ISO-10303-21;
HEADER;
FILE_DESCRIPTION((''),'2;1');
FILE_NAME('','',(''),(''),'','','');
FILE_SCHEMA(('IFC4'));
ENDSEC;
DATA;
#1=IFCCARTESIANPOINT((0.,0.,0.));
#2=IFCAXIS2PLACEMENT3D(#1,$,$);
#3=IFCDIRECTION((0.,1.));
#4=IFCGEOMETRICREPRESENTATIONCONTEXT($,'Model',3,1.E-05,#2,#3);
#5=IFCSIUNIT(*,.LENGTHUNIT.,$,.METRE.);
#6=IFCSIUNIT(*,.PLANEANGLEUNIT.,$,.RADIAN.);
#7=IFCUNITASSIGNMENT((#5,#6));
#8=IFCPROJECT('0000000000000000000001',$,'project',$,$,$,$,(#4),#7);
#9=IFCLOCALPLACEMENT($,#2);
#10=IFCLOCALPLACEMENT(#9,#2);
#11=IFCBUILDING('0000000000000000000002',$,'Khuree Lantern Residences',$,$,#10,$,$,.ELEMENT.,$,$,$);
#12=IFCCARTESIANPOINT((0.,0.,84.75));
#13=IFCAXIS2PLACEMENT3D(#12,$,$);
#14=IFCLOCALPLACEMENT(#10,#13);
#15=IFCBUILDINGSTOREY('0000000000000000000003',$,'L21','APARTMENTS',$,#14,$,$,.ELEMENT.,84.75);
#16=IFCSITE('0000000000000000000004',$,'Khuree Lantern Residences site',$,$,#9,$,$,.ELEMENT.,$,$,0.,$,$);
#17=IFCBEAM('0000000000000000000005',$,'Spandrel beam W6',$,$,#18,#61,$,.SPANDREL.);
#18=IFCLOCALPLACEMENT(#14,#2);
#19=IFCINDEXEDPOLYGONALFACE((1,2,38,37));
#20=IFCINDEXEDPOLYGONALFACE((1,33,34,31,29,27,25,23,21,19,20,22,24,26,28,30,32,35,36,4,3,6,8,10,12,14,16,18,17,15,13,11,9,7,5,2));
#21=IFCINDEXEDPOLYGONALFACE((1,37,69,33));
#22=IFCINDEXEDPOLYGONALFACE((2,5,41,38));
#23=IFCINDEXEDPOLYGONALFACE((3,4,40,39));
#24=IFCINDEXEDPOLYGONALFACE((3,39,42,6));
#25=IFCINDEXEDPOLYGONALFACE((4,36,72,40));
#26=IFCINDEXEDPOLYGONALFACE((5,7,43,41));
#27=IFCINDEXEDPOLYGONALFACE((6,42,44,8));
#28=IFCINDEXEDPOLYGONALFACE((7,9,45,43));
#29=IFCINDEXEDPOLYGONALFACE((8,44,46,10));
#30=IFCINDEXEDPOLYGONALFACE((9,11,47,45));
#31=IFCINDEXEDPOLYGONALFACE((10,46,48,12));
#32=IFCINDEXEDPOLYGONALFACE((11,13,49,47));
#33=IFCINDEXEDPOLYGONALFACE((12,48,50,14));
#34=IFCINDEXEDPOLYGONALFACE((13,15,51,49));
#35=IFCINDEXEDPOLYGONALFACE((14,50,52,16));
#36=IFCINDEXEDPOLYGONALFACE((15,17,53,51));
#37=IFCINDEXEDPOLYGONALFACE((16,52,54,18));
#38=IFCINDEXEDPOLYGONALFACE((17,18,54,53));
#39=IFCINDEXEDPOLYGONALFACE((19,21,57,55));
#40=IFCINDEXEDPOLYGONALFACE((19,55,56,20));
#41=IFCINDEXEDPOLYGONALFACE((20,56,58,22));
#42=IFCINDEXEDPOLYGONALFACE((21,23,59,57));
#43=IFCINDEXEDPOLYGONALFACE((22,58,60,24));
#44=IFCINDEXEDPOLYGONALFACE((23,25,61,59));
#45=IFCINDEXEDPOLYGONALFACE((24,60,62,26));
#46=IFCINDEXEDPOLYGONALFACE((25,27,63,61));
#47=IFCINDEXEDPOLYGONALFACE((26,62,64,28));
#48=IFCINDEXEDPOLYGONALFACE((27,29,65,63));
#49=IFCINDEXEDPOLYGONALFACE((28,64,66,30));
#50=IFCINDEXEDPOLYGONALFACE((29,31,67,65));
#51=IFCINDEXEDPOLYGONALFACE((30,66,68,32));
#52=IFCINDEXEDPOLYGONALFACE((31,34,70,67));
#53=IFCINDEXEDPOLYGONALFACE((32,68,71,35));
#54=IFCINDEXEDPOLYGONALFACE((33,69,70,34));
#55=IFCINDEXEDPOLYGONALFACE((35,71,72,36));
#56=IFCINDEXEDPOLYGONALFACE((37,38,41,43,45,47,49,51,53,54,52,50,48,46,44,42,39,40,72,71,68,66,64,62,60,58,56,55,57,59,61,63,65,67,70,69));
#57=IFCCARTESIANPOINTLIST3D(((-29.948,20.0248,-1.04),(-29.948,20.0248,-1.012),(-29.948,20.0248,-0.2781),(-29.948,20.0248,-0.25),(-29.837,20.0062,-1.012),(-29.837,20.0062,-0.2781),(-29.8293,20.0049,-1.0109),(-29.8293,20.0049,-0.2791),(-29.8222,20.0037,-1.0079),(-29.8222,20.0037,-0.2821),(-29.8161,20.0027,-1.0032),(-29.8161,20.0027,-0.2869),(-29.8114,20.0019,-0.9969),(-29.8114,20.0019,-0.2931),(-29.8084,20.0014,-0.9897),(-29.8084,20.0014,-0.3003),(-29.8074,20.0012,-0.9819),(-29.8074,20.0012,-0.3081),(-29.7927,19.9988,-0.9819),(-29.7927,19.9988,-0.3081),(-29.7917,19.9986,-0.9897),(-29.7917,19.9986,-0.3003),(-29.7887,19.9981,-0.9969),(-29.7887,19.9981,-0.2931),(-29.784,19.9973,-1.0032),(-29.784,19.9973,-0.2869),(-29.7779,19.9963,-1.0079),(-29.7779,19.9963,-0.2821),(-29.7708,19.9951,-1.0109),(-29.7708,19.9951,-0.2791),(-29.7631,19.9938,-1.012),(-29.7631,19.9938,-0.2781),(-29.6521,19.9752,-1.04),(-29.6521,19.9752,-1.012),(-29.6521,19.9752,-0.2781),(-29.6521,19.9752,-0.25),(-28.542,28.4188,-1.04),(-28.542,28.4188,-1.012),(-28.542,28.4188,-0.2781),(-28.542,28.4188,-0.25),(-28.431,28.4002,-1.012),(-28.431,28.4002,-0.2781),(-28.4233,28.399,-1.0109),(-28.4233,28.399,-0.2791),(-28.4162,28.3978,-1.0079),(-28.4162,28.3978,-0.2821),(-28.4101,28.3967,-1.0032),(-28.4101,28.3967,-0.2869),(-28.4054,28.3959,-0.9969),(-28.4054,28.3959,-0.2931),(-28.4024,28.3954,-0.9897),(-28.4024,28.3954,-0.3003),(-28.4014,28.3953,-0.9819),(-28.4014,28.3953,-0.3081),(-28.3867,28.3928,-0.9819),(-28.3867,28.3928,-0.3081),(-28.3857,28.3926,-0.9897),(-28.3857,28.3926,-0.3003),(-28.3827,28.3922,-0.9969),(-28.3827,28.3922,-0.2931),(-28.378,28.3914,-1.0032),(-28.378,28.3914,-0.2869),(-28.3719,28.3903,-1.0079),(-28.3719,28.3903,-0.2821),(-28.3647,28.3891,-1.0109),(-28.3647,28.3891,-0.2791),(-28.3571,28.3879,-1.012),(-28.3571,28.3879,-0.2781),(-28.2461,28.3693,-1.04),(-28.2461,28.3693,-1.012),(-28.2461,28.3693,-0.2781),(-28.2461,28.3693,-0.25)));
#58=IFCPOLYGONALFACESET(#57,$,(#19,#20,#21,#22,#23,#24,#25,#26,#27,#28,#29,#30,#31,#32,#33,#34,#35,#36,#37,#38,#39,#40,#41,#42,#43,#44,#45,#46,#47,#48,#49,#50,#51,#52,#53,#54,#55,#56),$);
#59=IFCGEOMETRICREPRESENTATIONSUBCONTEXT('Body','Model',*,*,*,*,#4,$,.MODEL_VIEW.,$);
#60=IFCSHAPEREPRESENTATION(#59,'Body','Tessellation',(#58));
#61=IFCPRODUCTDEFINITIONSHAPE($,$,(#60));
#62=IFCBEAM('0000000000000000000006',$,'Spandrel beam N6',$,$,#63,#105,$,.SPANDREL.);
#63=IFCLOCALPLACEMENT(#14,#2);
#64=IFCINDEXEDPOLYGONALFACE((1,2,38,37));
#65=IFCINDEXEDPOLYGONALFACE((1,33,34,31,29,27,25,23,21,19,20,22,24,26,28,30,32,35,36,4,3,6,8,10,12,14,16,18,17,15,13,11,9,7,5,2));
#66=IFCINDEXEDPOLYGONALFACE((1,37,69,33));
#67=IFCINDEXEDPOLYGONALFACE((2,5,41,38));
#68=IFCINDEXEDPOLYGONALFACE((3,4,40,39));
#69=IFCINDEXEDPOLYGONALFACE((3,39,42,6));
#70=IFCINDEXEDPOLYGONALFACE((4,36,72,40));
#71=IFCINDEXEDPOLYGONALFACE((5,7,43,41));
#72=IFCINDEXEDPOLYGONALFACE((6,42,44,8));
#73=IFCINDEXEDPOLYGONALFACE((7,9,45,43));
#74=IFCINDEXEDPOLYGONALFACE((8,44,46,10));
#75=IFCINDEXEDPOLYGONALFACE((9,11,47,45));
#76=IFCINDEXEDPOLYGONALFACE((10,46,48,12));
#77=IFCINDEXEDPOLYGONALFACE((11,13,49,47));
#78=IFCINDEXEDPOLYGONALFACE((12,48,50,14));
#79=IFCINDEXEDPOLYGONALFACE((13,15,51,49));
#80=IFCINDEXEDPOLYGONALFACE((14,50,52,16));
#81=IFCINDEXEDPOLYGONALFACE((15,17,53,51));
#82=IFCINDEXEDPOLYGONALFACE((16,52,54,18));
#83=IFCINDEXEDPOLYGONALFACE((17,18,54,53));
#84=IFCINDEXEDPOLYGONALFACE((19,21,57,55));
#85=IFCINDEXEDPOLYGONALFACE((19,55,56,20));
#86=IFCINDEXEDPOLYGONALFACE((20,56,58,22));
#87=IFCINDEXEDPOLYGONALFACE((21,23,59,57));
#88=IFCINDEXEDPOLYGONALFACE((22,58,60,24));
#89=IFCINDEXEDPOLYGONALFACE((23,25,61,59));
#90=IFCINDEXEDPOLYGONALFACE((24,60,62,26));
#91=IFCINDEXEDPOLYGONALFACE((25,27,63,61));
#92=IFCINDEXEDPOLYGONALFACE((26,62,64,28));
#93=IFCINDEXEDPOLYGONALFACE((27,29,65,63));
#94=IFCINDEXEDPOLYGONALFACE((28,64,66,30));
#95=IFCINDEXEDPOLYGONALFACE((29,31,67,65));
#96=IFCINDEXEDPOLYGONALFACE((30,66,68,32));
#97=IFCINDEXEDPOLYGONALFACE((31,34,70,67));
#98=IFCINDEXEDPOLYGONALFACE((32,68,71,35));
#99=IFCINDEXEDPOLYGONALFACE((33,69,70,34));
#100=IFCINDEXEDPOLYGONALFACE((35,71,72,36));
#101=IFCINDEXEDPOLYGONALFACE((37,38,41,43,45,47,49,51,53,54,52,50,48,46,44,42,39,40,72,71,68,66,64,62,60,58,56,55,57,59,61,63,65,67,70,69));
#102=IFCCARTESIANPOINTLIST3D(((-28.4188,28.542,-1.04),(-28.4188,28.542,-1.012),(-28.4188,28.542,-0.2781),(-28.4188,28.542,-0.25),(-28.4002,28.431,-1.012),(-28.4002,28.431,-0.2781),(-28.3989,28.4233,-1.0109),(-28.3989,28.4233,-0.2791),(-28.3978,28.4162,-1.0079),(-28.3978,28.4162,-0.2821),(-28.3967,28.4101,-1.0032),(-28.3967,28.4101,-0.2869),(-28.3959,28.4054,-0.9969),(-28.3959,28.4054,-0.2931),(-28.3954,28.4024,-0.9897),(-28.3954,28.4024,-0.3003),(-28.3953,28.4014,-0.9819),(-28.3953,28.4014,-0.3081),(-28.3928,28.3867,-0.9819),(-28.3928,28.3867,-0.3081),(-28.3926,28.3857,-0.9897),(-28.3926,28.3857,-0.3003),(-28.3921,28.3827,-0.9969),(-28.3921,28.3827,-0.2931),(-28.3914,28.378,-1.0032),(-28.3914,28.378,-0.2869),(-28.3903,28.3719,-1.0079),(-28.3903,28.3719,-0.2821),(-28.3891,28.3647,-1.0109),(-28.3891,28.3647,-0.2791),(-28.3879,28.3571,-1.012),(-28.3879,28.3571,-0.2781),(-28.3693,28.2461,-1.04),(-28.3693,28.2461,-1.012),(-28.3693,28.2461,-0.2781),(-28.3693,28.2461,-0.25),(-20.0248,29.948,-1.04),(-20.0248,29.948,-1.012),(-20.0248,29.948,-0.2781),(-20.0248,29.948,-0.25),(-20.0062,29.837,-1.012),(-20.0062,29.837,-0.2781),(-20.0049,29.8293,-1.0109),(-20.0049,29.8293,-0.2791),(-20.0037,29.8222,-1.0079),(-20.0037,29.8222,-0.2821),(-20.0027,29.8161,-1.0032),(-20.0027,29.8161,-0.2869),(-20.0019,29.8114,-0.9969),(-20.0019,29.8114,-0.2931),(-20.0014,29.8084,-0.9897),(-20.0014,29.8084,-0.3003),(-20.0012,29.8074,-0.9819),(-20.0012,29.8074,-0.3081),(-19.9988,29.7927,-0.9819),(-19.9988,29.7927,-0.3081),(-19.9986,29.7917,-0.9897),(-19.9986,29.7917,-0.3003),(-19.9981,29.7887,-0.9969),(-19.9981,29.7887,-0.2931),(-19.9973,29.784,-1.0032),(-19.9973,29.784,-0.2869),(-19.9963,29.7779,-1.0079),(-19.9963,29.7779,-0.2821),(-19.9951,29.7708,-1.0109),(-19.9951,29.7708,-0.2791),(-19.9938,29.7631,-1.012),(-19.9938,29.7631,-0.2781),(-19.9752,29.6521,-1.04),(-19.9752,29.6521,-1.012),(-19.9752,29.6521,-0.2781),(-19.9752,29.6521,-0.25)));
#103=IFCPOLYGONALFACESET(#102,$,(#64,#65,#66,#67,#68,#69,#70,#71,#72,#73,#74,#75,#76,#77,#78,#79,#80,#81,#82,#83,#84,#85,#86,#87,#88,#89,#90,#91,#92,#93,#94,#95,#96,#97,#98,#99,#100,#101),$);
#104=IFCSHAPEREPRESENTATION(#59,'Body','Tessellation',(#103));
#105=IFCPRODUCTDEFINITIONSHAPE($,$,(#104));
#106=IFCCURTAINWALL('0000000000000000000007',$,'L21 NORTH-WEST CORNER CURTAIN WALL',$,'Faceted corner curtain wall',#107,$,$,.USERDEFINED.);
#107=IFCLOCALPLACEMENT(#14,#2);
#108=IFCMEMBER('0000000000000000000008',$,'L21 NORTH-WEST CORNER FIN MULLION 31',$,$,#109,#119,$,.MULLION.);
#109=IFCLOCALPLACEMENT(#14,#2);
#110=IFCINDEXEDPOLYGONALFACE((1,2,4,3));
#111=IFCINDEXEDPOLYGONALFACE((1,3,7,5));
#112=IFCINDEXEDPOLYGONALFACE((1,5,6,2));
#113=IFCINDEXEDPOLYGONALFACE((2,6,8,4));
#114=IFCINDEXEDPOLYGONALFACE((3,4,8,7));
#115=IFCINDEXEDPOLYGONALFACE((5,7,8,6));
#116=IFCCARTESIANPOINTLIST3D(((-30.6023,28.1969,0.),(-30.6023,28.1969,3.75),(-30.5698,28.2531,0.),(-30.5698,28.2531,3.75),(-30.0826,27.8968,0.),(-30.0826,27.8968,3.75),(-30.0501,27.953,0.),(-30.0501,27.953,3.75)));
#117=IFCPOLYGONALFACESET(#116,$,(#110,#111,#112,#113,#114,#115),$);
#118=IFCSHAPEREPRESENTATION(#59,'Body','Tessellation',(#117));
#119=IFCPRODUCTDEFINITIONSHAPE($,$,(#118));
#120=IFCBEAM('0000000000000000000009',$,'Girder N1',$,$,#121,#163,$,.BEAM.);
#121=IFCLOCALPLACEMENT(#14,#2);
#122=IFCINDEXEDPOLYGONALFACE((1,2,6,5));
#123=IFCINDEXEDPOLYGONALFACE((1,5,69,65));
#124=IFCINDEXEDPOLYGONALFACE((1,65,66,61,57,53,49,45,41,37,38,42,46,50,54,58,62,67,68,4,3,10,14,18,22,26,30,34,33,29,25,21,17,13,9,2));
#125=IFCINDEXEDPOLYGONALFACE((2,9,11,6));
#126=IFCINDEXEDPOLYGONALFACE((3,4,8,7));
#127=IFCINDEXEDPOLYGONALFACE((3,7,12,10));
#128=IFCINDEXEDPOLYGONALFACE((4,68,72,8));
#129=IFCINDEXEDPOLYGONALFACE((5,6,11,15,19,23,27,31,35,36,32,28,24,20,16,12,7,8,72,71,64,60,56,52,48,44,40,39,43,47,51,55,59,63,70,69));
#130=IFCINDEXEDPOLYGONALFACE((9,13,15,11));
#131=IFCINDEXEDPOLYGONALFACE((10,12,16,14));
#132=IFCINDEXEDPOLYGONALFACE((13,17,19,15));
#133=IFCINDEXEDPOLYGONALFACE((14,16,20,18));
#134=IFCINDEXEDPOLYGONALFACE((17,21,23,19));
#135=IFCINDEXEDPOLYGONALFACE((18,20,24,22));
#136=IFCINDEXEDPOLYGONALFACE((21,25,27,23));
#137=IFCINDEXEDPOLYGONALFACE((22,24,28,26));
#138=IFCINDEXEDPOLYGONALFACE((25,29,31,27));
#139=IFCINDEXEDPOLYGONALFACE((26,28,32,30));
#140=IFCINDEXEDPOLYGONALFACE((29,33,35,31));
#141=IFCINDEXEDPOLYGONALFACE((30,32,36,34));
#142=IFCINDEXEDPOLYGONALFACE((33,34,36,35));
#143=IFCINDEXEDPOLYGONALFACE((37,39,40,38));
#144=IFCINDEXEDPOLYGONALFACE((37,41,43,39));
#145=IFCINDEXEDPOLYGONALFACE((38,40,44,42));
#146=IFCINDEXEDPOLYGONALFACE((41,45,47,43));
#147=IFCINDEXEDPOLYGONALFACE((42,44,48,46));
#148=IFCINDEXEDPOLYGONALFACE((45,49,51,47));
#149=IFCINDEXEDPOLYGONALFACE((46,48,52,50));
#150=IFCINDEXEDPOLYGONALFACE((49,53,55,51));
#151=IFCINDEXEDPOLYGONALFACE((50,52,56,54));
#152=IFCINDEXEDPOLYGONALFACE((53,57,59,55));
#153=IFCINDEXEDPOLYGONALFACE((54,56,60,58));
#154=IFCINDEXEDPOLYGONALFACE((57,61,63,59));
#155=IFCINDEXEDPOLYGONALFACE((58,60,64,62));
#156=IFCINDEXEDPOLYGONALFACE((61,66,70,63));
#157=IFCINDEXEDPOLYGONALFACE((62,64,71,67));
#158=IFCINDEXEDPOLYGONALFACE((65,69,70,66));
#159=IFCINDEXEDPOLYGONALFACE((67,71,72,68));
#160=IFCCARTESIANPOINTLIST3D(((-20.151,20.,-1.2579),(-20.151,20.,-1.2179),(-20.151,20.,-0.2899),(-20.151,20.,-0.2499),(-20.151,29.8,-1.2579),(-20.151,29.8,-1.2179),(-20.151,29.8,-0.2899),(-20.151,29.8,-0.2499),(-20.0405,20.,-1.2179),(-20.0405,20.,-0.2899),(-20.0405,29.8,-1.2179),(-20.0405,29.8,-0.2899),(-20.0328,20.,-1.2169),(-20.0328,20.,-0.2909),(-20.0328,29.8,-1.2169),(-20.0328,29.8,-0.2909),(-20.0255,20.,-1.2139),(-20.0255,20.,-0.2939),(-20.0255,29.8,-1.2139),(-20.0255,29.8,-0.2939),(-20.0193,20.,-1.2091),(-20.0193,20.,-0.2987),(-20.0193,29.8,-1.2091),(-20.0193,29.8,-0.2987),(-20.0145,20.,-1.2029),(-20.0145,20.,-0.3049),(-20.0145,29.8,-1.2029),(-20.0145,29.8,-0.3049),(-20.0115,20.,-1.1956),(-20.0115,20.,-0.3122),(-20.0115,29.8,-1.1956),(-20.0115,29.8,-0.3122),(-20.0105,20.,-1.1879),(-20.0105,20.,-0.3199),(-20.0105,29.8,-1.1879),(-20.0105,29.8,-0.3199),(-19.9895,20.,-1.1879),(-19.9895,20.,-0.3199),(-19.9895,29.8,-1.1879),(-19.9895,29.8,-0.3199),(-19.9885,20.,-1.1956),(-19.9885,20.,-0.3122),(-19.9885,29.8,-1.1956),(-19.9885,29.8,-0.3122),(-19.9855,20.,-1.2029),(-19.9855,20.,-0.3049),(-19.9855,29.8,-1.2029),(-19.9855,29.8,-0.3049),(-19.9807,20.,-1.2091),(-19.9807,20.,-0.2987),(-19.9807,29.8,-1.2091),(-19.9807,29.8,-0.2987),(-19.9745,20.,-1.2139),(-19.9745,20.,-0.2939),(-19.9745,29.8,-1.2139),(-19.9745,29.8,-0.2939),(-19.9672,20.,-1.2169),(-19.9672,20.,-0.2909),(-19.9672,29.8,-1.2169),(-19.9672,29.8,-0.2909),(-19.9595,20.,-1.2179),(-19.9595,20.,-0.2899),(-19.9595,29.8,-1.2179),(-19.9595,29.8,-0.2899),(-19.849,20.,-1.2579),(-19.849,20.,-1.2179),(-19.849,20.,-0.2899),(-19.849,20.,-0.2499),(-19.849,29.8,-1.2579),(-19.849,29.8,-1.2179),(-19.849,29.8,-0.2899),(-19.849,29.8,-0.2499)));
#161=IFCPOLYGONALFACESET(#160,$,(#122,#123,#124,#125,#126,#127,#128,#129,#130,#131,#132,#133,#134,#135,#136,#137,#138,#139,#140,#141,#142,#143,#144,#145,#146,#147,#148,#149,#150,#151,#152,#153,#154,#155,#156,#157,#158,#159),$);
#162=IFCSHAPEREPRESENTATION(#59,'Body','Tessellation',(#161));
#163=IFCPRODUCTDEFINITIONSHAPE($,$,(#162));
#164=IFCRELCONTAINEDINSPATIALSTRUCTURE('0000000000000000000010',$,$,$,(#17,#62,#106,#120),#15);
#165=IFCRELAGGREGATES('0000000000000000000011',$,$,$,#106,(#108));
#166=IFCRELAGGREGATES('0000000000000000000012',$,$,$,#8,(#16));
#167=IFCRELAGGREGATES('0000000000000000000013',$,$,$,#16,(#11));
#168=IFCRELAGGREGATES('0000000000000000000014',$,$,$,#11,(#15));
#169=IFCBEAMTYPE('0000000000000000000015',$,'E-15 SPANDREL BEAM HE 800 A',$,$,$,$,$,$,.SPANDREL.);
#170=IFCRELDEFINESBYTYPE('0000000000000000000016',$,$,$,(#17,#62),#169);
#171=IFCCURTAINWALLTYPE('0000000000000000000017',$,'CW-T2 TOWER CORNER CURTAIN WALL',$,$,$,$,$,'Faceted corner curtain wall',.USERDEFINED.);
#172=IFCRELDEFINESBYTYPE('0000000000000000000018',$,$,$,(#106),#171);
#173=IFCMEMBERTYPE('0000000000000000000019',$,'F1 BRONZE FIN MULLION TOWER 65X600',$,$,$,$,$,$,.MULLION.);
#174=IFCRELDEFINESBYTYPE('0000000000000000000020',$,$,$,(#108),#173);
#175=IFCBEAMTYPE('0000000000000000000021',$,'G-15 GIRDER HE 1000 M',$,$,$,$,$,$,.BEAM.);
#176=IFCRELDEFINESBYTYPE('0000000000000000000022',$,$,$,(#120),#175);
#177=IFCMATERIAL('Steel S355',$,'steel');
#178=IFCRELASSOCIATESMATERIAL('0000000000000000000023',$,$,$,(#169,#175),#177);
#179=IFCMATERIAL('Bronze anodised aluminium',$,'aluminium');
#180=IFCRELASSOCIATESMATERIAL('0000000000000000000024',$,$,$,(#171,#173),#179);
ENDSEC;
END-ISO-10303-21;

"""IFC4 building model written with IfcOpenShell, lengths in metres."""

from ifc_helpers import new_model, si_unit, direction, frame, origin, origin_2d, place, context, subcontext, project, spatial, rectangle, i_section, extrude, material, material_profile, profile_set, type_object, element, aggregate, save


model = new_model("IFC4")

# Units and contexts
model_context = context("Model", 3, precision=1e-05, world=origin(), true_north=direction((0.0, 1.0)))
body_context = subcontext(model_context, "Body", "Model", "MODEL_VIEW")
ifc_project = project(units=[si_unit("LENGTHUNIT", "METRE"), si_unit("PLANEANGLEUNIT", "RADIAN")], contexts=[model_context])

# Site, building, storey
site_placement = place(None, origin())
site = spatial("IfcSite", under=ifc_project, at=site_placement, Name="Khuree Lantern Residences site", CompositionType="ELEMENT", RefElevation=0.0)
building_placement = place(site_placement, origin())
building = spatial("IfcBuilding", under=site, at=building_placement, Name="Khuree Lantern Residences", CompositionType="ELEMENT")
storey_placement = place(building_placement, frame((0.0, 0.0, 84.75)))
storey = spatial("IfcBuildingStorey", under=building, at=storey_placement, Name="L21", Description="APARTMENTS", CompositionType="ELEMENT", Elevation=84.75)

# Beams
ifc_material_1 = material(Name="Steel S355", Category="steel")
ifc_material_profile_1 = material_profile(ifc_material_1, i_section(OverallWidth=0.3, OverallDepth=0.79, WebThickness=0.0149, FlangeThickness=0.0281, FilletRadius=0.03, at=origin_2d()), Name="HE 800 A")
ifc_profile_set_1 = profile_set([ifc_material_profile_1], Name="Steel S355")
beam_type_1 = type_object("IfcBeamType", Name="E-15 SPANDREL BEAM HE 800 A", PredefinedType="SPANDREL", material=ifc_profile_set_1)
for number, where, z_axis, x_axis, name in (
    (1, (-29.8, 20.0, -0.645), (0.165199, 0.98626, 0.0), (-0.98626, 0.165199, 0.0), "Spandrel beam W6"),
    (2, (-28.394, 28.394, -0.645), (0.98626, 0.165199, 0.0), (-0.165199, 0.98626, 0.0), "Spandrel beam N6"),
):
    element("IfcBeam", number, at=place(storey_placement, frame(where, z_axis=z_axis, x_axis=x_axis)), inside=storey, type_object=beam_type_1, Name=name, PredefinedType="SPANDREL", context=body_context, shape_type="SweptSolid", body=[
        extrude(i_section(OverallWidth=0.3, OverallDepth=0.79, WebThickness=0.0149, FlangeThickness=0.0281, FilletRadius=0.03, at=origin_2d()), origin(), (0.0, 0.0, 1.0), 8.511),
    ])

# Curtain wall, member
ifc_material_2 = material(Name="Bronze anodised aluminium", Category="aluminium")
curtain_wall_type_1 = type_object("IfcCurtainWallType", Name="CW-T2 TOWER CORNER CURTAIN WALL", ElementType="Faceted corner curtain wall", PredefinedType="USERDEFINED", material=ifc_material_2)
curtain_wall_1_placement = place(storey_placement, origin())
curtain_wall_1 = element("IfcCurtainWall", 3, at=curtain_wall_1_placement, inside=storey, type_object=curtain_wall_type_1, Name="L21 NORTH-WEST CORNER CURTAIN WALL", ObjectType="Faceted corner curtain wall", PredefinedType="USERDEFINED")
ifc_material_profile_2 = material_profile(ifc_material_2, rectangle(XDim=0.0649, YDim=0.6001, at=origin_2d()), Name="F1 65X600")
ifc_profile_set_2 = profile_set([ifc_material_profile_2], Name="Bronze anodised aluminium")
member_type_1 = type_object("IfcMemberType", Name="F1 BRONZE FIN MULLION TOWER 65X600", PredefinedType="MULLION", material=ifc_profile_set_2)
member_1_placement = place(storey_placement, frame((-30.3262, 28.075, 0.0), z_axis=(0.0, 0.0, 1.0), x_axis=(-0.5, -0.866025, 0.0)))
member_1 = element("IfcMember", 4, at=member_1_placement, type_object=member_type_1, Name="L21 NORTH-WEST CORNER FIN MULLION 31", PredefinedType="MULLION", context=body_context, shape_type="SweptSolid", body=[
    extrude(rectangle(XDim=0.0649, YDim=0.6001, at=origin_2d()), origin(), (0.0, 0.0, 1.0), 3.75),
])

# Beam
ifc_material_profile_3 = material_profile(ifc_material_1, i_section(OverallWidth=0.302, OverallDepth=1.0081, WebThickness=0.021, FlangeThickness=0.04, FilletRadius=0.03, at=origin_2d()), Name="HE 1000 M")
ifc_profile_set_3 = profile_set([ifc_material_profile_3], Name="Steel S355")
beam_type_2 = type_object("IfcBeamType", Name="G-15 GIRDER HE 1000 M", PredefinedType="BEAM", material=ifc_profile_set_3)
for number, where, z_axis, x_axis, name in (
    (5, (-20.0, 29.8, -0.7539), (0.0, -1.0, 0.0), (1.0, 0.0, 0.0), "Girder N1"),
):
    element("IfcBeam", number, at=place(storey_placement, frame(where, z_axis=z_axis, x_axis=x_axis)), inside=storey, type_object=beam_type_2, Name=name, PredefinedType="BEAM", context=body_context, shape_type="SweptSolid", body=[
        extrude(i_section(OverallWidth=0.302, OverallDepth=1.0081, WebThickness=0.021, FlangeThickness=0.04, FilletRadius=0.03, at=origin_2d()), origin(), (0.0, 0.0, 1.0), 9.8),
    ])

aggregate(curtain_wall_1, [member_1])

save(model, "model.ifc")
